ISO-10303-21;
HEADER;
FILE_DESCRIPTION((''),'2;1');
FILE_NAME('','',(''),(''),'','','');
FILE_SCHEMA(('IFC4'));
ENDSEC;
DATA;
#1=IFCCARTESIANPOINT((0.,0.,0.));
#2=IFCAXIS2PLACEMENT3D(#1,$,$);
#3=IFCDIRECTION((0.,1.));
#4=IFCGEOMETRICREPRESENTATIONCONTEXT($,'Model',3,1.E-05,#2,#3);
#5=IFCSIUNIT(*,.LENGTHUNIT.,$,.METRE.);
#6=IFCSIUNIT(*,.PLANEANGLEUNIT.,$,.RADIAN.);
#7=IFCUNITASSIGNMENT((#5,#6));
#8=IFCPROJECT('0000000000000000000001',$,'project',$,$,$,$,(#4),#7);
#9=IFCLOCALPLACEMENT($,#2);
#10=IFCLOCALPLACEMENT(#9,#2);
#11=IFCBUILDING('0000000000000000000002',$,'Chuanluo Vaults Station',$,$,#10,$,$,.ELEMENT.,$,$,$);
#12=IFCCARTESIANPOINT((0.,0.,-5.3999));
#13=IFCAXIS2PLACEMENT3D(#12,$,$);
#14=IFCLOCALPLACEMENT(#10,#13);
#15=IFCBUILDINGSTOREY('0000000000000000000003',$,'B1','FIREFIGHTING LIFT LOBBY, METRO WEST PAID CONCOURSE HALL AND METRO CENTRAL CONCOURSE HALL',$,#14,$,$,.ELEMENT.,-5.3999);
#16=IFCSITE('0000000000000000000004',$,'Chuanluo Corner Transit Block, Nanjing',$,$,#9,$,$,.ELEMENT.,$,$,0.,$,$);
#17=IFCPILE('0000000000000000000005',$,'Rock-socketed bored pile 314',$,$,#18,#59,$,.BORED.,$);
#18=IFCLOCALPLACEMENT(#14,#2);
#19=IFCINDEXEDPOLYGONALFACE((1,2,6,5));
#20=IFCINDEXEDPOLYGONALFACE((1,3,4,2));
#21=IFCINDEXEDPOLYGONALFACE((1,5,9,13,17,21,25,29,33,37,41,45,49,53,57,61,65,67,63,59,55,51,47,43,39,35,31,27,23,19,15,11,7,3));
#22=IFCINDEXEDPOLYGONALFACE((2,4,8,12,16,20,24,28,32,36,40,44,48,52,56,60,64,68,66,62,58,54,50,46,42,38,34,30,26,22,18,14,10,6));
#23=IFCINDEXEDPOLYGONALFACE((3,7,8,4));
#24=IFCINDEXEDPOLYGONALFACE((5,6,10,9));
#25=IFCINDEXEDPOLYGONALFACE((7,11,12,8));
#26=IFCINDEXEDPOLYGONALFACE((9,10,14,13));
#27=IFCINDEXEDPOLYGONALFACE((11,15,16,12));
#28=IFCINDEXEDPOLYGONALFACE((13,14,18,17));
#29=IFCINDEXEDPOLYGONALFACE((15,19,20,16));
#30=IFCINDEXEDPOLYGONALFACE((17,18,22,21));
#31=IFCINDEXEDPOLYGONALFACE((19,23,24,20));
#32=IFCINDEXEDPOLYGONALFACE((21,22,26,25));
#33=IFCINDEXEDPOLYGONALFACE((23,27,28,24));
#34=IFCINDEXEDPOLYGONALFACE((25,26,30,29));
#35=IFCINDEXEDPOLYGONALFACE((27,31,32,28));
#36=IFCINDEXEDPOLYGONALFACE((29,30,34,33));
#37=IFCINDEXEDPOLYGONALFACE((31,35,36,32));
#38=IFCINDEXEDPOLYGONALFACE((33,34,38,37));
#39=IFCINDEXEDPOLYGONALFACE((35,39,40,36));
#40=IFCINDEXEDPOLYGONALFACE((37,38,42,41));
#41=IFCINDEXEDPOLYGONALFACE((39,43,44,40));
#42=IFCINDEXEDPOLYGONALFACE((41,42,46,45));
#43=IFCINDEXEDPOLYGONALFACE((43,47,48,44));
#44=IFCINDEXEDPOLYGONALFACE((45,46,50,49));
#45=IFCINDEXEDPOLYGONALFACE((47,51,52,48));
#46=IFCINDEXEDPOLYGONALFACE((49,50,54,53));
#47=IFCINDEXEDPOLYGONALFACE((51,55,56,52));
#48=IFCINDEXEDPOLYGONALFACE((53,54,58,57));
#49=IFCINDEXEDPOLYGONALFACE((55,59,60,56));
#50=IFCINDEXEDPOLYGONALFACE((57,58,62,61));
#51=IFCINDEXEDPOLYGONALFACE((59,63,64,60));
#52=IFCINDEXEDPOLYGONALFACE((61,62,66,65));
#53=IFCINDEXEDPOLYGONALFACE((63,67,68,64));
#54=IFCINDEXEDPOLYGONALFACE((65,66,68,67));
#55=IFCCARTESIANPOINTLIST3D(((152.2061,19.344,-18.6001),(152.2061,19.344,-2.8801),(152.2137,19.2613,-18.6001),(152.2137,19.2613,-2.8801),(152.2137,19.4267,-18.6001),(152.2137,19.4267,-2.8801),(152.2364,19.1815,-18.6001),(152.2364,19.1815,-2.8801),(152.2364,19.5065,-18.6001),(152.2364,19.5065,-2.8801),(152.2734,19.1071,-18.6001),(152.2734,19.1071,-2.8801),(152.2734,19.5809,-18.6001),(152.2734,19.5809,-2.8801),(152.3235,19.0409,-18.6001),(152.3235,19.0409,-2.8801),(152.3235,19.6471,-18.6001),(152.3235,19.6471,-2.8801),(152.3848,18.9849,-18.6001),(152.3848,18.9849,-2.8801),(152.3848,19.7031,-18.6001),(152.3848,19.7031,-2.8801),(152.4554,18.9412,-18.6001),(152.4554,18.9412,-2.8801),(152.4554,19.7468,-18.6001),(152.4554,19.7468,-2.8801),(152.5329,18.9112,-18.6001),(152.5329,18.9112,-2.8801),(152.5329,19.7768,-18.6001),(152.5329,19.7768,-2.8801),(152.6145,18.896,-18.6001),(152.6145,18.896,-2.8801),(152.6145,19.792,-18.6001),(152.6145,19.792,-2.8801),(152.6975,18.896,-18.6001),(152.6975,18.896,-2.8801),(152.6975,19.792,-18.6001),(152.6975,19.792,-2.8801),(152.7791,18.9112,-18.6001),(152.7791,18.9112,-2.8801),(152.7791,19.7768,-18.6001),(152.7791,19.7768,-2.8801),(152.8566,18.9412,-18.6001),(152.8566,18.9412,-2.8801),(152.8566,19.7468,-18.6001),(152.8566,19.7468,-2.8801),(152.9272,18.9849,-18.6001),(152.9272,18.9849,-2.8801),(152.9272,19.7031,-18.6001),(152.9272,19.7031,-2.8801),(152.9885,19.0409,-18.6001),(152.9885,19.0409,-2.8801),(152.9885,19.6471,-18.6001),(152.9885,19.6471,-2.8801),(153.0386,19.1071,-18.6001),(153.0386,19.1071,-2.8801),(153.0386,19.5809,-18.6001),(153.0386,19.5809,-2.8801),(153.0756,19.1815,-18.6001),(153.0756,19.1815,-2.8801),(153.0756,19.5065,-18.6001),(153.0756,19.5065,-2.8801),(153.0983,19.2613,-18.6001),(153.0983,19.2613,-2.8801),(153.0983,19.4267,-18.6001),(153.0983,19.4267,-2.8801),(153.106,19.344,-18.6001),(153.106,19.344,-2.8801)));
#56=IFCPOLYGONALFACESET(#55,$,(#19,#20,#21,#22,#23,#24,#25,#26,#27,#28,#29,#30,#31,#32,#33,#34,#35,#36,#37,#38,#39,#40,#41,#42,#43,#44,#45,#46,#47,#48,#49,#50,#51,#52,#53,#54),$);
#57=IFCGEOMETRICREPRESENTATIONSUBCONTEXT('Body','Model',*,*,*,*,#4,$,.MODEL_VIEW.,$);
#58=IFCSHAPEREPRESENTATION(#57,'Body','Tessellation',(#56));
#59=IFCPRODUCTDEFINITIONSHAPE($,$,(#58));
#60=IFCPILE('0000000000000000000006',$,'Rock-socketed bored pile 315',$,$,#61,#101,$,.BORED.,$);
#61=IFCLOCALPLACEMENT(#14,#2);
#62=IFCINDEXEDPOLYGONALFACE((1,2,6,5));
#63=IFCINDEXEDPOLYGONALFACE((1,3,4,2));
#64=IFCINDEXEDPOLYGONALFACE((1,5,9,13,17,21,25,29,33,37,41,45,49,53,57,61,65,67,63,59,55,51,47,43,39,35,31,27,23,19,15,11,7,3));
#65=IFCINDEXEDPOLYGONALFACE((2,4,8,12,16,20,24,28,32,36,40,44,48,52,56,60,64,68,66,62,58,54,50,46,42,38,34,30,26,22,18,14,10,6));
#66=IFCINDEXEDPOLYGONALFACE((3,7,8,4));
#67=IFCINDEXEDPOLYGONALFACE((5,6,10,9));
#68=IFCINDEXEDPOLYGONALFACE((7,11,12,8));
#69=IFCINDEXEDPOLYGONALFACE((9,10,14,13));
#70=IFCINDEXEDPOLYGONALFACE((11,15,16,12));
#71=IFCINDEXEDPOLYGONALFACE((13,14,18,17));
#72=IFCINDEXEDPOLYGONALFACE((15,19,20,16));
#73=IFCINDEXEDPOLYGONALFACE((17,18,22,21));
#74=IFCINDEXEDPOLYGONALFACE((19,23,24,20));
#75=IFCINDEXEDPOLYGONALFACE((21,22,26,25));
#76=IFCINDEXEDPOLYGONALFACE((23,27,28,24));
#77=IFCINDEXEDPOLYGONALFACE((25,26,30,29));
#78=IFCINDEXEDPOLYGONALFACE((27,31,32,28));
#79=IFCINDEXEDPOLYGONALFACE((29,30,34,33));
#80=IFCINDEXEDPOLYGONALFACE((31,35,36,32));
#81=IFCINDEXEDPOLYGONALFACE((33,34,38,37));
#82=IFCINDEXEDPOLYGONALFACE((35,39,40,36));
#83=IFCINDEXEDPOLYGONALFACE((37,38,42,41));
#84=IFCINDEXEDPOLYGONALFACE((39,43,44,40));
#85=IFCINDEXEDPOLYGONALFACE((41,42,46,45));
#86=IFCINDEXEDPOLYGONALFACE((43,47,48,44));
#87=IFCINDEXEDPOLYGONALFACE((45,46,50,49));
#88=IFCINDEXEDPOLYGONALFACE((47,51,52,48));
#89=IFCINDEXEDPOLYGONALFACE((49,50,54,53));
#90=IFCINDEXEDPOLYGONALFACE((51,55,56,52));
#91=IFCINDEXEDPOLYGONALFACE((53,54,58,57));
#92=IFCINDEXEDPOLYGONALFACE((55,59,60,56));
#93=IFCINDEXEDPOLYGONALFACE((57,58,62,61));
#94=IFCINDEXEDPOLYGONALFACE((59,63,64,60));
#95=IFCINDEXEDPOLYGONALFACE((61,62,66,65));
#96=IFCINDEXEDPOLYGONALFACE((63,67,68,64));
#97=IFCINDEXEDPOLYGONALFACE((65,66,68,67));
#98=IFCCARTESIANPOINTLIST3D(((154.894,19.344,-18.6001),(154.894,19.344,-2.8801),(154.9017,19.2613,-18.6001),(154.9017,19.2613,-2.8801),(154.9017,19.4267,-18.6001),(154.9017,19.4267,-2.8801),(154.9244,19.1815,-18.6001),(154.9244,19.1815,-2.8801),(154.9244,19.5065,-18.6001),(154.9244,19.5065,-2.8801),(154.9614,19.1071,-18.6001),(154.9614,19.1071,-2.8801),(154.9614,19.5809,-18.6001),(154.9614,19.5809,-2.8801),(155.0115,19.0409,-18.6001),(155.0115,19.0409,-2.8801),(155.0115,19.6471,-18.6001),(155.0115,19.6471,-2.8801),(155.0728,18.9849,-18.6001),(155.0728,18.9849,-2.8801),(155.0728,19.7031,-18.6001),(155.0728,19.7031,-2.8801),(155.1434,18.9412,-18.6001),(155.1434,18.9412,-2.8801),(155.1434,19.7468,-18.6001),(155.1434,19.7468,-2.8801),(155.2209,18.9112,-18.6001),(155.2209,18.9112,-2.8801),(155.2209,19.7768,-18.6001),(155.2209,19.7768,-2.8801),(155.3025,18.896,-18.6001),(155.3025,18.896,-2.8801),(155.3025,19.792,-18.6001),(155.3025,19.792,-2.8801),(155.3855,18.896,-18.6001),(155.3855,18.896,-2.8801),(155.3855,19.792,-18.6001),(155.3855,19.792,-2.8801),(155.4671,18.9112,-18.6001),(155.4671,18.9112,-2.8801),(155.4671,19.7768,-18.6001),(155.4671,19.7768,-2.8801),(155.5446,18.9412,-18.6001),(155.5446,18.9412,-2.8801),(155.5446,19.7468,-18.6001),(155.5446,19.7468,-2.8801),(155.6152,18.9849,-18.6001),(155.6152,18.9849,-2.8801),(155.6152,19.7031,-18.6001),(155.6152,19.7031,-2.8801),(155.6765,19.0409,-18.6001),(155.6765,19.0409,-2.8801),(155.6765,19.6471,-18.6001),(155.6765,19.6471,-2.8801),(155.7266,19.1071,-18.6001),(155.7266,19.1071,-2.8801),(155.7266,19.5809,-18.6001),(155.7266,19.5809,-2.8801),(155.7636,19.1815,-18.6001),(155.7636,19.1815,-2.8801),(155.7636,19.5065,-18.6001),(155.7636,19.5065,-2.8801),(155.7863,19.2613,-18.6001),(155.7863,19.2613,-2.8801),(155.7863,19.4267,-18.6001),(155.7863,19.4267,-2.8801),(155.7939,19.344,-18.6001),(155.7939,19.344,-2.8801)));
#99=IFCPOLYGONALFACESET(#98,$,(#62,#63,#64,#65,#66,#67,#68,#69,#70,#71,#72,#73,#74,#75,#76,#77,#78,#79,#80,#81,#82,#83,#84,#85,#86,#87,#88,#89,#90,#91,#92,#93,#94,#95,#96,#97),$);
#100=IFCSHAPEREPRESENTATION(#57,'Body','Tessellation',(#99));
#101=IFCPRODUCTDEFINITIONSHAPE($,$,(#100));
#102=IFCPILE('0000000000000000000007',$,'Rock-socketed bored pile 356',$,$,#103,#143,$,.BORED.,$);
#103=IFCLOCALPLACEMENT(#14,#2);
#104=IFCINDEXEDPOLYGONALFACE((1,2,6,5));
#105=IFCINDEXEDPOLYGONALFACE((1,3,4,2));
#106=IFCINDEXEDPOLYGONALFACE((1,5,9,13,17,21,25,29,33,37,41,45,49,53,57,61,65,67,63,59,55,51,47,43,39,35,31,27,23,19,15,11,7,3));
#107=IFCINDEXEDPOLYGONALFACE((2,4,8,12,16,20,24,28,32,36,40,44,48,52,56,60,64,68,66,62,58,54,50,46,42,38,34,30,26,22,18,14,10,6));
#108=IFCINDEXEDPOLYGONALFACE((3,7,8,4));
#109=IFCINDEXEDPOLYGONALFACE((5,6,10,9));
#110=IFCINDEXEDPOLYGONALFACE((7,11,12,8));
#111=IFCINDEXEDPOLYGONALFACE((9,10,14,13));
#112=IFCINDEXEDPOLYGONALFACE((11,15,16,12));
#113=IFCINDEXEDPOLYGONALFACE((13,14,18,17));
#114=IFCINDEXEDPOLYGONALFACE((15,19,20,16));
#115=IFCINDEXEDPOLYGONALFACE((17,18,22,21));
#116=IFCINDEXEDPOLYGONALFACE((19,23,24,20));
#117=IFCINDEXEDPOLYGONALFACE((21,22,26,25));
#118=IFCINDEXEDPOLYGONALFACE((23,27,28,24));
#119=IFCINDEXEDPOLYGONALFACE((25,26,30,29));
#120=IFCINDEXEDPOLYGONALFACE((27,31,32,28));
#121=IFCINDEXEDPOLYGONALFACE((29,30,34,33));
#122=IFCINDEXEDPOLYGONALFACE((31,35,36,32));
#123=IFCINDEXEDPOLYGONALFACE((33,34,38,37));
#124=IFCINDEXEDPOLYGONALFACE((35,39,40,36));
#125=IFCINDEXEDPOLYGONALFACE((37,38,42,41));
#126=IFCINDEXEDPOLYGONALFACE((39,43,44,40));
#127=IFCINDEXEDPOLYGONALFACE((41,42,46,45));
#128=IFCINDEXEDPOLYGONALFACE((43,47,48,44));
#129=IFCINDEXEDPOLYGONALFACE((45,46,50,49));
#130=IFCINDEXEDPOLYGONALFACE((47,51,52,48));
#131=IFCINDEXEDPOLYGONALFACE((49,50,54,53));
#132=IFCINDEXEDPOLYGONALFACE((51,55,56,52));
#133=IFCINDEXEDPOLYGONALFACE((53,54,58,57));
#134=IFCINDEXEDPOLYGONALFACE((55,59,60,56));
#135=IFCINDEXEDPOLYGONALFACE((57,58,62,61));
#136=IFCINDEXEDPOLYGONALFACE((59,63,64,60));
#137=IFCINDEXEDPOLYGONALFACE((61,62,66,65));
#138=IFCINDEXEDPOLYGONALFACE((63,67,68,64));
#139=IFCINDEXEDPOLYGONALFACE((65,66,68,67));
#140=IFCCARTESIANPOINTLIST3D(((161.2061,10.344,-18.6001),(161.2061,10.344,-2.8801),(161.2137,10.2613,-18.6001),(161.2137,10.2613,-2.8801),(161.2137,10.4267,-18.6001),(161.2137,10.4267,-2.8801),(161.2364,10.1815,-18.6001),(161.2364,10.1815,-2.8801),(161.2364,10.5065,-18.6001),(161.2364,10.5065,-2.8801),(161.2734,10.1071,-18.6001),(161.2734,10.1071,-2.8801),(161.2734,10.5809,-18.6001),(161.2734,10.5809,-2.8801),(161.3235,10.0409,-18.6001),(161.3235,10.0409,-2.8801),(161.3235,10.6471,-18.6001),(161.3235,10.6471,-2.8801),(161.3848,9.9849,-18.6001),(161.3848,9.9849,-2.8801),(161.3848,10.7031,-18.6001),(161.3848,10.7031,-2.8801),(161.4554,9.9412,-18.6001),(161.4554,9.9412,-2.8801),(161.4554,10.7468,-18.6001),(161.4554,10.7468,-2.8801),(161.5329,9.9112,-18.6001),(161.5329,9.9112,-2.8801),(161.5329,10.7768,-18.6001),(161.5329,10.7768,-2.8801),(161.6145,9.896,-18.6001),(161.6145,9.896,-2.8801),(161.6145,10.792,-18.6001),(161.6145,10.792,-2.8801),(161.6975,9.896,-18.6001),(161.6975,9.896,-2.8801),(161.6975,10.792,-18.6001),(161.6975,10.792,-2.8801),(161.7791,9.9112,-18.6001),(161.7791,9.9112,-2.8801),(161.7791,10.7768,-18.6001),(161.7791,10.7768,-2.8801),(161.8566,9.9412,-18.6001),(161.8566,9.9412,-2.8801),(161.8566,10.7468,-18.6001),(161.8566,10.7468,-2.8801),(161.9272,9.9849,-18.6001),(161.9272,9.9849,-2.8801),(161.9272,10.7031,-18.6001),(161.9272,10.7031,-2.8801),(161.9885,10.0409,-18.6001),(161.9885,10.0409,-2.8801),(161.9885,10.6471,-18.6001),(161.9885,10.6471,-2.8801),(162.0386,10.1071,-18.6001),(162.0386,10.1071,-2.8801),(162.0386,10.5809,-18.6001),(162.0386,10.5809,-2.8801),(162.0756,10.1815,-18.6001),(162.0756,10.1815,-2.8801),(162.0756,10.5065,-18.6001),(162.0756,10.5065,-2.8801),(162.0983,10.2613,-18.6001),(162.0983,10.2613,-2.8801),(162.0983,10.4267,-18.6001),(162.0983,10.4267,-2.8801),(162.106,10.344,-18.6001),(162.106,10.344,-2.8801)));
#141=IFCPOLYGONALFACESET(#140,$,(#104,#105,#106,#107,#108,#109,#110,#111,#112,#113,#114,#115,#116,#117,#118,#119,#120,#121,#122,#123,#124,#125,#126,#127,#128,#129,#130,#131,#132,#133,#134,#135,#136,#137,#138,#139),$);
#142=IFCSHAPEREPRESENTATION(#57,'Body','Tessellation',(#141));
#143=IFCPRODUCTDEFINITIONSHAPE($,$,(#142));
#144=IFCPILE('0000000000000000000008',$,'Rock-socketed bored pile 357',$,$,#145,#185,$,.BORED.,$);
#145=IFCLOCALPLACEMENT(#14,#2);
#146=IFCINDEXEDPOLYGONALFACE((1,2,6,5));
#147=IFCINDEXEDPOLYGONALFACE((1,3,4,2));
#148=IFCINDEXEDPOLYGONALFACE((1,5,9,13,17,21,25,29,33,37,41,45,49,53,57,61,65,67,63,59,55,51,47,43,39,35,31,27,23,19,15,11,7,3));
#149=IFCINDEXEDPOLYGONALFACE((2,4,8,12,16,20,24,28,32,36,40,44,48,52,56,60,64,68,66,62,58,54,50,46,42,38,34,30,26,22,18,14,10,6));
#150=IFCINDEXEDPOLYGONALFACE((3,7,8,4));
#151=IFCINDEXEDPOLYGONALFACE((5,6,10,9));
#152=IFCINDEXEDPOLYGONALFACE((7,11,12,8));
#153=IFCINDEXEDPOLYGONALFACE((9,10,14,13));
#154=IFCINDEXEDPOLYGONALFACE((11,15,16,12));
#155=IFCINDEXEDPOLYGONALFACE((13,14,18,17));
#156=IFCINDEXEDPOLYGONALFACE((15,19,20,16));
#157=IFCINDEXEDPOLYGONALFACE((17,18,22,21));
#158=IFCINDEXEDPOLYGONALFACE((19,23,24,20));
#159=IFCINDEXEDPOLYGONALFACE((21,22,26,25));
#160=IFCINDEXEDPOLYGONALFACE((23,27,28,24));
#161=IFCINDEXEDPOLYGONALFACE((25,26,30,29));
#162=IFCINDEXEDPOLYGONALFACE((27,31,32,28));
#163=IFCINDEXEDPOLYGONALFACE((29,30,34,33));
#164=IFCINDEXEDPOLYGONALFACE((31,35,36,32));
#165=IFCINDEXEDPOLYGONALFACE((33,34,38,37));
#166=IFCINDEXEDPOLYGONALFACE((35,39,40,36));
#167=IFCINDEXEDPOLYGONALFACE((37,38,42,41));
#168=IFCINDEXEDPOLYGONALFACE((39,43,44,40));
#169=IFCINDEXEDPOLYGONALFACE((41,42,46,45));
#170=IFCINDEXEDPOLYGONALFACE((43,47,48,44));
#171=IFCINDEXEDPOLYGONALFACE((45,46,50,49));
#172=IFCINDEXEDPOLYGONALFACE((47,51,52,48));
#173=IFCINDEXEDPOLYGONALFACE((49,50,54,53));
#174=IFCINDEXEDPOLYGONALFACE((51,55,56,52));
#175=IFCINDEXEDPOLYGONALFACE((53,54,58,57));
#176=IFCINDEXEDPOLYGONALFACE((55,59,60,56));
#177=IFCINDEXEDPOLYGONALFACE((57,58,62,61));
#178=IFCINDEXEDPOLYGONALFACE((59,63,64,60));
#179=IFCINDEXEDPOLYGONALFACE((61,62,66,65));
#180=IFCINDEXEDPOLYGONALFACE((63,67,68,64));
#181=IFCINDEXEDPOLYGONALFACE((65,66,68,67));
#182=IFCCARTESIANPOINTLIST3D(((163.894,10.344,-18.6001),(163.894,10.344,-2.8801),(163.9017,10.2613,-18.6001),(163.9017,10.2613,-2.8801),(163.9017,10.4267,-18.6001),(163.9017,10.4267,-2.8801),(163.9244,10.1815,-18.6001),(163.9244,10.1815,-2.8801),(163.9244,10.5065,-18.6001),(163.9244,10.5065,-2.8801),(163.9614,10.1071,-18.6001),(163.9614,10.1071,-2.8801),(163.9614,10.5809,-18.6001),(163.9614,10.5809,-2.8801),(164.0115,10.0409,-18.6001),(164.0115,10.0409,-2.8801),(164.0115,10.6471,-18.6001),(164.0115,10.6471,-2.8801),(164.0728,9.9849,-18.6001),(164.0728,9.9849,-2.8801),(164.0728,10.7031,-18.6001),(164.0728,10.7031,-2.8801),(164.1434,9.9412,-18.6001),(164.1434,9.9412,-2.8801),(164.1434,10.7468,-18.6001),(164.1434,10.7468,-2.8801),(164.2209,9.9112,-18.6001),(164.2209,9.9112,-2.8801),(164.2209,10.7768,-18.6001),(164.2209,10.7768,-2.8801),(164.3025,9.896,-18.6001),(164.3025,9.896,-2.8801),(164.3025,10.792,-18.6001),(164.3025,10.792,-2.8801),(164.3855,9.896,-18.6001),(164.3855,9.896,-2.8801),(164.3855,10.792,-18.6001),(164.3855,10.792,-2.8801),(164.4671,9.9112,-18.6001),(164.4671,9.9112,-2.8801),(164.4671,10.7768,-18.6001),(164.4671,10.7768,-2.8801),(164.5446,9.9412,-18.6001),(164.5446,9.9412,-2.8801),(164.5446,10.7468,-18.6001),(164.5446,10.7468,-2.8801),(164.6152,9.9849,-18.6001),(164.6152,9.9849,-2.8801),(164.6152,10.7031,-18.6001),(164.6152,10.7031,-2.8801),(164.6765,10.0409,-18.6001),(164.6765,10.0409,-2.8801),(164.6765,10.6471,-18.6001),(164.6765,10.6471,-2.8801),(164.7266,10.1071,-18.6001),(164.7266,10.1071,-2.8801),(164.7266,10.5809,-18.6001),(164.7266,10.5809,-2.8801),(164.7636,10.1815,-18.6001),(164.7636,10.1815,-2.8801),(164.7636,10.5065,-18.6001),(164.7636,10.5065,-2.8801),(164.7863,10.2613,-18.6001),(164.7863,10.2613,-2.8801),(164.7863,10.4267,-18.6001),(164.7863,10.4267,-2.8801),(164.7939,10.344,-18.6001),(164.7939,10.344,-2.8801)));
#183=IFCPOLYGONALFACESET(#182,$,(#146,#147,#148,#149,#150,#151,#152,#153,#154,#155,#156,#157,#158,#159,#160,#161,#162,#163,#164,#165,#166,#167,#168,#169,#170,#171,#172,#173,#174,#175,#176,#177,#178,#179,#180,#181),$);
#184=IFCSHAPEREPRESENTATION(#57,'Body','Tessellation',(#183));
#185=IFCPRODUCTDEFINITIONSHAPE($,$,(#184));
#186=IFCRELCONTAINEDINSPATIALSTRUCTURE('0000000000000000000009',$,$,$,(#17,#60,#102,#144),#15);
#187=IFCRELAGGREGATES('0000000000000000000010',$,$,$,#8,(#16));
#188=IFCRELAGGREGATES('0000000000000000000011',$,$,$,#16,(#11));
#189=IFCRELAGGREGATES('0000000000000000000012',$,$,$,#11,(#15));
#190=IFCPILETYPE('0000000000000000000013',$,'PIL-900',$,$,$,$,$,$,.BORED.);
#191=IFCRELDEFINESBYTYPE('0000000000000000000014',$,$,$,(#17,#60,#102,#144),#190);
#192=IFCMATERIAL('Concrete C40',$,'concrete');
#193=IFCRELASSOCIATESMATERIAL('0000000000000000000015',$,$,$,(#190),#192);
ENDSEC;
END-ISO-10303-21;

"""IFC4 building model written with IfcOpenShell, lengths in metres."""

from ifc_helpers import new_model, si_unit, direction, frame, origin, origin_2d, place, context, subcontext, project, spatial, circle, extrude, material, material_profile, profile_set, type_object, element, save


model = new_model("IFC4")

# Units and contexts
model_context = context("Model", 3, precision=1e-05, world=origin(), true_north=direction((0.0, 1.0)))
body_context = subcontext(model_context, "Body", "Model", "MODEL_VIEW")
ifc_project = project(units=[si_unit("LENGTHUNIT", "METRE"), si_unit("PLANEANGLEUNIT", "RADIAN")], contexts=[model_context])

# Site, building, storey
site_placement = place(None, origin())
site = spatial("IfcSite", under=ifc_project, at=site_placement, Name="Chuanluo Corner Transit Block, Nanjing", CompositionType="ELEMENT", RefElevation=0.0)
building_placement = place(site_placement, origin())
building = spatial("IfcBuilding", under=site, at=building_placement, Name="Chuanluo Vaults Station", CompositionType="ELEMENT")
storey_placement = place(building_placement, frame((0.0, 0.0, -5.3999)))
storey = spatial("IfcBuildingStorey", under=building, at=storey_placement, Name="B1", Description="FIREFIGHTING LIFT LOBBY, METRO WEST PAID CONCOURSE HALL AND METRO CENTRAL CONCOURSE HALL", CompositionType="ELEMENT", Elevation=-5.3999)

# Piles
ifc_material_1 = material(Name="Concrete C40", Category="concrete")
ifc_material_profile_1 = material_profile(ifc_material_1, circle(Radius=0.45, at=origin_2d()))
ifc_profile_set_1 = profile_set([ifc_material_profile_1], Name="Concrete C40")
pile_type_1 = type_object("IfcPileType", Name="PIL-900", PredefinedType="BORED", material=ifc_profile_set_1)
for number, where, z_axis, x_axis, name in (
    (1, (152.656, 19.344, -2.8801), (0.0, 0.0, -1.0), (1.0, 0.0, 0.0), "Rock-socketed bored pile 314"),
    (2, (155.344, 19.344, -2.8801), (0.0, 0.0, -1.0), (1.0, 0.0, 0.0), "Rock-socketed bored pile 315"),
    (3, (161.656, 10.344, -2.8801), (0.0, 0.0, -1.0), (1.0, 0.0, 0.0), "Rock-socketed bored pile 356"),
    (4, (164.344, 10.344, -2.8801), (0.0, 0.0, -1.0), (1.0, 0.0, 0.0), "Rock-socketed bored pile 357"),
):
    element("IfcPile", number, at=place(storey_placement, frame(where, z_axis=z_axis, x_axis=x_axis)), inside=storey, type_object=pile_type_1, Name=name, PredefinedType="BORED", context=body_context, shape_type="SweptSolid", body=[
        extrude(circle(Radius=0.45, at=origin_2d()), origin(), (0.0, 0.0, 1.0), 15.72),
    ])

save(model, "model.ifc")
